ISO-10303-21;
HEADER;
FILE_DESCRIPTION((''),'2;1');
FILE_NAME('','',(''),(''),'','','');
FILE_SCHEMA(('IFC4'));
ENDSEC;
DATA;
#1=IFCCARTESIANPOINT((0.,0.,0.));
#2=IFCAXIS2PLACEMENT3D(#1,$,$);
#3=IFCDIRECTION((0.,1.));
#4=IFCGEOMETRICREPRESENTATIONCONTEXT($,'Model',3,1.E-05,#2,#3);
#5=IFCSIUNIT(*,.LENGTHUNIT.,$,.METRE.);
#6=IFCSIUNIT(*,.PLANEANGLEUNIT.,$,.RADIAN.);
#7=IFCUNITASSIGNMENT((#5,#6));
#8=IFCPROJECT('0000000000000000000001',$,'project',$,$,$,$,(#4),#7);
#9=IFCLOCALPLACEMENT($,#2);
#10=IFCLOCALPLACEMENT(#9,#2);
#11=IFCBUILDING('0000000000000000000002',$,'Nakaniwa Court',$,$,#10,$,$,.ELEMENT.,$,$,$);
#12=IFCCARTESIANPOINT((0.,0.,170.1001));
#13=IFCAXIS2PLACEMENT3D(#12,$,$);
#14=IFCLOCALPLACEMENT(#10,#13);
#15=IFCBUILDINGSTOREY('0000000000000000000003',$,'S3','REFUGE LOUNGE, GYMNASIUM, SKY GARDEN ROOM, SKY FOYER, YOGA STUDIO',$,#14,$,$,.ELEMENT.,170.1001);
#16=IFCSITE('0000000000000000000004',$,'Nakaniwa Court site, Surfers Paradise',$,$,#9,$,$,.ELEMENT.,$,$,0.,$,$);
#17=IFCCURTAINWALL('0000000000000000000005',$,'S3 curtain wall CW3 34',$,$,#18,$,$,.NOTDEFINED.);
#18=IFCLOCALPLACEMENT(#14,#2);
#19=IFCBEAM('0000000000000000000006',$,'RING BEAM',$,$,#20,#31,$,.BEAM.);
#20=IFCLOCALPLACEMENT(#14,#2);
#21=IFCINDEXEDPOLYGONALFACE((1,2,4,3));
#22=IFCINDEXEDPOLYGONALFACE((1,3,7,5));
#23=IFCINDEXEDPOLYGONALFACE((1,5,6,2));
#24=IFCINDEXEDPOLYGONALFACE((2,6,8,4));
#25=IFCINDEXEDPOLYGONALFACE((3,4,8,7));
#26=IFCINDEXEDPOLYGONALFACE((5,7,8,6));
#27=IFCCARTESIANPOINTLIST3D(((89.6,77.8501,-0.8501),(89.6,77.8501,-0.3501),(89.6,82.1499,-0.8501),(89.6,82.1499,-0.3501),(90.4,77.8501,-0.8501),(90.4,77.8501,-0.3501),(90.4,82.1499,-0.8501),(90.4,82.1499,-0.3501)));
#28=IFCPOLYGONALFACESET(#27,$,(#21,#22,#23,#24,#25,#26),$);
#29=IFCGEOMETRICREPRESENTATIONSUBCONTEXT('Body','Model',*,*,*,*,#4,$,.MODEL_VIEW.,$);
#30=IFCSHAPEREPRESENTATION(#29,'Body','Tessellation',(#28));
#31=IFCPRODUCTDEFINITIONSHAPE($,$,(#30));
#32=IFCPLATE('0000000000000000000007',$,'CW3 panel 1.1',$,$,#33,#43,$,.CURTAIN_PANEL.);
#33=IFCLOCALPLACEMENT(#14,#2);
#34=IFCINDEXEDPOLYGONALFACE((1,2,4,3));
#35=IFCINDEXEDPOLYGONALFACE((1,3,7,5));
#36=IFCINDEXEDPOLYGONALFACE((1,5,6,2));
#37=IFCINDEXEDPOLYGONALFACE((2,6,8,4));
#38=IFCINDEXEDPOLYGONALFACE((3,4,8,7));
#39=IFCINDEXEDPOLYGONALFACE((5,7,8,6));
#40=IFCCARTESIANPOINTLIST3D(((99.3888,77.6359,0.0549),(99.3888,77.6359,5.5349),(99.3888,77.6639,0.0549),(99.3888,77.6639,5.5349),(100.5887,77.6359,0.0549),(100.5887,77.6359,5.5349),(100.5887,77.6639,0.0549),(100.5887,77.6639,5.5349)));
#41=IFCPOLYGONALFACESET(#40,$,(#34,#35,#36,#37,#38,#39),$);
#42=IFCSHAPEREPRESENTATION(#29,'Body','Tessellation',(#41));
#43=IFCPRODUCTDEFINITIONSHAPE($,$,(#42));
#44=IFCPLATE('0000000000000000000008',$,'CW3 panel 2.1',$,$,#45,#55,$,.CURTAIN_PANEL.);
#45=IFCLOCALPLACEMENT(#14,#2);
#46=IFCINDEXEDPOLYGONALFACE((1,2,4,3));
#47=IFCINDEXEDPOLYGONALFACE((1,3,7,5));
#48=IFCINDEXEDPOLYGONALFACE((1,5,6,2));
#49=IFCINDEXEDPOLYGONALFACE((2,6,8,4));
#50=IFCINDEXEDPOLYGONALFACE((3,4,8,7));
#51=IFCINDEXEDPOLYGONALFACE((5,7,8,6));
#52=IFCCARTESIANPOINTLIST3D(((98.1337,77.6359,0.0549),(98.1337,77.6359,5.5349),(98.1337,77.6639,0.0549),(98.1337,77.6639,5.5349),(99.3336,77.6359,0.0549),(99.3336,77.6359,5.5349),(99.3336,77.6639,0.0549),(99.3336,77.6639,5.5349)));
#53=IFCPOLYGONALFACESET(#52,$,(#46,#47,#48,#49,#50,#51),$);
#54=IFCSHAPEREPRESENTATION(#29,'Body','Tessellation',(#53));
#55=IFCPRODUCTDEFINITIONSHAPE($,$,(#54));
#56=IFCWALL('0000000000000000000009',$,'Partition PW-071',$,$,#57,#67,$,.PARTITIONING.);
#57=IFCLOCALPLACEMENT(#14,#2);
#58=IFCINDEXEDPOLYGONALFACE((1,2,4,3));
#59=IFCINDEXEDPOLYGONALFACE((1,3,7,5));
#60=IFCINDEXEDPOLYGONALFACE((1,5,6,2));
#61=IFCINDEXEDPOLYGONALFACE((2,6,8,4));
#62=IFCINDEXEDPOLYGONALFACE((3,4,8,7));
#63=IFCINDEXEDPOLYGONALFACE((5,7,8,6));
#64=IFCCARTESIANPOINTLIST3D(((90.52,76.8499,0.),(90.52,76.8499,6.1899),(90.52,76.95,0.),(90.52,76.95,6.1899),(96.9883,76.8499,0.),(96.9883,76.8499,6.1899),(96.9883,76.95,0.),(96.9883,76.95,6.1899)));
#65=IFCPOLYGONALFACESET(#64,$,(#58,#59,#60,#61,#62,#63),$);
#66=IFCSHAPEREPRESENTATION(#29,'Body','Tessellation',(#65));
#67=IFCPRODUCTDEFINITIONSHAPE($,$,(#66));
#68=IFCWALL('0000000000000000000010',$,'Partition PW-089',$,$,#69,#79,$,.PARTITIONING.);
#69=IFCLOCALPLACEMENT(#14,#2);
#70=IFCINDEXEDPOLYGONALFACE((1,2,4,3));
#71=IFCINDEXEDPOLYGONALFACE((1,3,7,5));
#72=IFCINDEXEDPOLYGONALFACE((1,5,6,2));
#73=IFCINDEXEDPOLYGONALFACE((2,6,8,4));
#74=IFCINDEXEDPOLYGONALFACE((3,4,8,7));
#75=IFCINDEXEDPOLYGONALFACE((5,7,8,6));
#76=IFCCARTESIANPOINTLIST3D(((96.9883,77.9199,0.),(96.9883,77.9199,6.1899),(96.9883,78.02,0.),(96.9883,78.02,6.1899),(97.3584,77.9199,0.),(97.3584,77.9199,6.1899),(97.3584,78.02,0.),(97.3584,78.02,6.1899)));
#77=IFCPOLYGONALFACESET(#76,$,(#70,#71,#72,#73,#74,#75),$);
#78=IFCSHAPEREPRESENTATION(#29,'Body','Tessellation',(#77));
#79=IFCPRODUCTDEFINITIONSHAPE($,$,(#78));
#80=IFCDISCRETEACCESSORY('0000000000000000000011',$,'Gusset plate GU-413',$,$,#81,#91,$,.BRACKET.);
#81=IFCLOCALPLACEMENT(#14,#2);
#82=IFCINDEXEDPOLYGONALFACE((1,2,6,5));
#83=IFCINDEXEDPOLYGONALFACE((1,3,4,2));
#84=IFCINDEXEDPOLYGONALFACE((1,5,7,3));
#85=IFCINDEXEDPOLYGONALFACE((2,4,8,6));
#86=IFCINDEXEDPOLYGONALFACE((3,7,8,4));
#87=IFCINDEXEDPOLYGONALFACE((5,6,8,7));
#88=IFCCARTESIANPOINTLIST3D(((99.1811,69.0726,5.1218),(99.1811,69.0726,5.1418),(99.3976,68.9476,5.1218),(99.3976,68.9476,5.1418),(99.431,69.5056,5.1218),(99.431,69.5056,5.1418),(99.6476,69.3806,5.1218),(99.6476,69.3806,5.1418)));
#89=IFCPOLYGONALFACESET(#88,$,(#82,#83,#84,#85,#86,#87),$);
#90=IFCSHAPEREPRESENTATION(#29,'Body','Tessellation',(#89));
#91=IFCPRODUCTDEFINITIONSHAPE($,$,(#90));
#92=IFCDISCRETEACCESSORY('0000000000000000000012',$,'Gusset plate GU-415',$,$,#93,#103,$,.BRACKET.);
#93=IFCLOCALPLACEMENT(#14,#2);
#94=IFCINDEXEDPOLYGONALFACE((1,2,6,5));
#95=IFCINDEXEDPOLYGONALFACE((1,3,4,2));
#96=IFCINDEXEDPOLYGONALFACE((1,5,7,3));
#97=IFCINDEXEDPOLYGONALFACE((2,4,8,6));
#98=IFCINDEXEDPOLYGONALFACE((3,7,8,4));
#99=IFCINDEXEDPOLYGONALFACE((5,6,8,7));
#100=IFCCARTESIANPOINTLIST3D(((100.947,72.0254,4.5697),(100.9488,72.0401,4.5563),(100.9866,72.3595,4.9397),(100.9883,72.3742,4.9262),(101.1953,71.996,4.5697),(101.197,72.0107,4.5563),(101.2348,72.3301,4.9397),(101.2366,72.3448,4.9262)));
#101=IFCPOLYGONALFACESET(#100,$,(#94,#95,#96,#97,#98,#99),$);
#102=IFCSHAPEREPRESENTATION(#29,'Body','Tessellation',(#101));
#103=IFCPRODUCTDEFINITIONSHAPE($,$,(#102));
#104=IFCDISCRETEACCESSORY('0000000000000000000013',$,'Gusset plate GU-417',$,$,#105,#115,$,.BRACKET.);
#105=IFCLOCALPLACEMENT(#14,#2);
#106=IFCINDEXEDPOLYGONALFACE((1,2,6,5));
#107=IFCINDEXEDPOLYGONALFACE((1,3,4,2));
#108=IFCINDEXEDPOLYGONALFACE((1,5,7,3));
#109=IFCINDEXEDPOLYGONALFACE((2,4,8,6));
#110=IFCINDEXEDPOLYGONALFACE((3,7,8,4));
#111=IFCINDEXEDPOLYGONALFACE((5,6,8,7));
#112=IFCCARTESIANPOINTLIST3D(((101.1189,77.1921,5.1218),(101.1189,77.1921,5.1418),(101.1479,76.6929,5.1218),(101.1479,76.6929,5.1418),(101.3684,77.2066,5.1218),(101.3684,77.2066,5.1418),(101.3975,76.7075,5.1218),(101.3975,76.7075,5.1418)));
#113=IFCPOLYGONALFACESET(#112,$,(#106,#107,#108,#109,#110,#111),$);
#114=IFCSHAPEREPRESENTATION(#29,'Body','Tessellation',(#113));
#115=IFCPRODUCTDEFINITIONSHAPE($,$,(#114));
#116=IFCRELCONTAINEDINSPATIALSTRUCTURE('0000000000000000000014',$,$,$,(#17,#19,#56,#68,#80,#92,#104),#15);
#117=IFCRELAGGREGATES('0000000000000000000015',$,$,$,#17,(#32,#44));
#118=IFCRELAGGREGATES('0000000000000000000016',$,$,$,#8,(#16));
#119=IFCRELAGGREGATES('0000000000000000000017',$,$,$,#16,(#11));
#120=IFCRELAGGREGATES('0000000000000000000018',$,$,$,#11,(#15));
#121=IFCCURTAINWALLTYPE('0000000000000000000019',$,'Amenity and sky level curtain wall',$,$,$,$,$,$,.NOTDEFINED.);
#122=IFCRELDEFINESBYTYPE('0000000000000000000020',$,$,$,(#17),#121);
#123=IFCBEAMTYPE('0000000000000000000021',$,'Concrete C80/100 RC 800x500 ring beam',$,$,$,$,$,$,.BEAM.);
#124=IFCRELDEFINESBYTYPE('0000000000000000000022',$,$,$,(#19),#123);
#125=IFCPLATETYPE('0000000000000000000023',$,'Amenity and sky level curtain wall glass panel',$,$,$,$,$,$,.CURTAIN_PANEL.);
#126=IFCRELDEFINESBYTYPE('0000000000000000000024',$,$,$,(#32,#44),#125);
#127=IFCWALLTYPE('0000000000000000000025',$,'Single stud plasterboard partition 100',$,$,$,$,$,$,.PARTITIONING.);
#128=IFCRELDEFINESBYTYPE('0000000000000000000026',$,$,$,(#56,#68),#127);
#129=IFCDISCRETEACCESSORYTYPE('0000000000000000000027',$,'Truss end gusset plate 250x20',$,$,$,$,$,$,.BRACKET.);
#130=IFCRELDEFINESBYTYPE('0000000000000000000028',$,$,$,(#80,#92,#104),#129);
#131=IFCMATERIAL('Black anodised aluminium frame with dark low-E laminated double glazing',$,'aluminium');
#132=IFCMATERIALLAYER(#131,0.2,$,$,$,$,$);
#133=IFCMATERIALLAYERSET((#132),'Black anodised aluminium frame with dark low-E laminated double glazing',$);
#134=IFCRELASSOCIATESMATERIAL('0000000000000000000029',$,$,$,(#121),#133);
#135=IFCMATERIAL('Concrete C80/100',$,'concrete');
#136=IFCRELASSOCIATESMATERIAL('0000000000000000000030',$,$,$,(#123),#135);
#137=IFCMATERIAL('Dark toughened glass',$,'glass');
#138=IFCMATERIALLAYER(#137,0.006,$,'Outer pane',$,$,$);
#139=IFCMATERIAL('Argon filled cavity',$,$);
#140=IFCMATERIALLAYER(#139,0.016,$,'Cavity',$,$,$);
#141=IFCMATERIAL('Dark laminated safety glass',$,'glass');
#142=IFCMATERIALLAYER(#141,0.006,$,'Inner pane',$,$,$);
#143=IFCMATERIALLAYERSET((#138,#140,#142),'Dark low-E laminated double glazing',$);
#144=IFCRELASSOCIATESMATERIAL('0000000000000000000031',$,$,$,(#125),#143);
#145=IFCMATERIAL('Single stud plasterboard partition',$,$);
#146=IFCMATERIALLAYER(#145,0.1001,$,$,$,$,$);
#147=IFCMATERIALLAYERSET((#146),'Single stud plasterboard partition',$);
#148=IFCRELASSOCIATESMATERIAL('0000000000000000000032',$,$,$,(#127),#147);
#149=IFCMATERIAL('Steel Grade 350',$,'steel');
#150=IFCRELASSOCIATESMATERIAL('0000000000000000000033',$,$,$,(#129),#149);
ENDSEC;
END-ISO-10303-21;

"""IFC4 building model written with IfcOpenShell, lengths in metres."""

from ifc_helpers import new_model, si_unit, direction, frame, frame_2d, origin, origin_2d, place, context, subcontext, project, spatial, rectangle, extrude, material, layer, layer_set, material_profile, profile_set, type_object, element, aggregate, save


model = new_model("IFC4")

# Units and contexts
model_context = context("Model", 3, precision=1e-05, world=origin(), true_north=direction((0.0, 1.0)))
body_context = subcontext(model_context, "Body", "Model", "MODEL_VIEW")
ifc_project = project(units=[si_unit("LENGTHUNIT", "METRE"), si_unit("PLANEANGLEUNIT", "RADIAN")], contexts=[model_context])

# Site, building, storey
site_placement = place(None, origin())
site = spatial("IfcSite", under=ifc_project, at=site_placement, Name="Nakaniwa Court site, Surfers Paradise", CompositionType="ELEMENT", RefElevation=0.0)
building_placement = place(site_placement, origin())
building = spatial("IfcBuilding", under=site, at=building_placement, Name="Nakaniwa Court", CompositionType="ELEMENT")
storey_placement = place(building_placement, frame((0.0, 0.0, 170.1001)))
storey = spatial("IfcBuildingStorey", under=building, at=storey_placement, Name="S3", Description="REFUGE LOUNGE, GYMNASIUM, SKY GARDEN ROOM, SKY FOYER, YOGA STUDIO", CompositionType="ELEMENT", Elevation=170.1001)

# Shared definitions
ifc_material_1 = material(Name="Concrete C80/100", Category="concrete")

# Curtain wall
ifc_material_2 = material(Name="Black anodised aluminium frame with dark low-E laminated double glazing", Category="aluminium")
ifc_layer_1 = layer(ifc_material_2, 0.2)
ifc_layer_set_1 = layer_set([ifc_layer_1], Name="Black anodised aluminium frame with dark low-E laminated double glazing")
curtain_wall_type = type_object("IfcCurtainWallType", Name="Amenity and sky level curtain wall", PredefinedType="NOTDEFINED", material=ifc_layer_set_1)
curtain_wall_placement = place(storey_placement, origin())
curtain_wall = element("IfcCurtainWall", 1, at=curtain_wall_placement, inside=storey, type_object=curtain_wall_type, Name="S3 curtain wall CW3 34", PredefinedType="NOTDEFINED")

# Shared definitions
ifc_material_3 = material(Name="Steel Grade 350", Category="steel")

# Beam
ifc_material_profile_1 = material_profile(ifc_material_1, rectangle(XDim=0.8, YDim=0.5, at=origin_2d()), Name="Concrete C80/100 RC 800x500 ring beam")
ifc_profile_set_1 = profile_set([ifc_material_profile_1], Name="Concrete C80/100")
beam_type_1 = type_object("IfcBeamType", Name="Concrete C80/100 RC 800x500 ring beam", PredefinedType="BEAM", material=ifc_profile_set_1)
beam_1_placement = place(storey_placement, frame((90.0, 77.8501, -0.6001), z_axis=(0.0, 1.0, 0.0), x_axis=(-1.0, 0.0, 0.0)))
element("IfcBeam", 2, at=beam_1_placement, inside=storey, type_object=beam_type_1, Name="RING BEAM", PredefinedType="BEAM", context=body_context, shape_type="SweptSolid", body=[
    extrude(rectangle(XDim=0.8, YDim=0.5, at=origin_2d()), origin(), (0.0, 0.0, 1.0), 4.2998),
])

# Plates
ifc_material_4 = material(Name="Dark toughened glass", Category="glass")
ifc_layer_2 = layer(ifc_material_4, 0.006, Name="Outer pane")
ifc_material_5 = material(Name="Argon filled cavity")
ifc_layer_3 = layer(ifc_material_5, 0.016, Name="Cavity")
ifc_material_6 = material(Name="Dark laminated safety glass", Category="glass")
ifc_layer_4 = layer(ifc_material_6, 0.006, Name="Inner pane")
ifc_layer_set_2 = layer_set([ifc_layer_2, ifc_layer_3, ifc_layer_4], Name="Dark low-E laminated double glazing")
plate_type = type_object("IfcPlateType", Name="Amenity and sky level curtain wall glass panel", PredefinedType="CURTAIN_PANEL", material=ifc_layer_set_2)
plate_1_placement = place(storey_placement, frame((99.9888, 77.6499, 0.0549), z_axis=(0.0, 0.0, 1.0), x_axis=(-1.0, 0.0, 0.0)))
plate_1 = element("IfcPlate", 3, at=plate_1_placement, type_object=plate_type, Name="CW3 panel 1.1", PredefinedType="CURTAIN_PANEL", context=body_context, shape_type="SweptSolid", body=[
    extrude(rectangle(XDim=1.2, YDim=0.0281, at=origin_2d()), origin(), (0.0, 0.0, 1.0), 5.48),
])
plate_2_placement = place(storey_placement, frame((98.7336, 77.6499, 0.0549), z_axis=(0.0, 0.0, 1.0), x_axis=(-1.0, 0.0, 0.0)))
plate_2 = element("IfcPlate", 4, at=plate_2_placement, type_object=plate_type, Name="CW3 panel 2.1", PredefinedType="CURTAIN_PANEL", context=body_context, shape_type="SweptSolid", body=[
    extrude(rectangle(XDim=1.2, YDim=0.0281, at=origin_2d()), origin(), (0.0, 0.0, 1.0), 5.48),
])
aggregate(curtain_wall, [plate_1, plate_2])

# Walls
ifc_material_7 = material(Name="Single stud plasterboard partition")
ifc_layer_5 = layer(ifc_material_7, 0.1001)
ifc_layer_set_3 = layer_set([ifc_layer_5], Name="Single stud plasterboard partition")
wall_type_1 = type_object("IfcWallType", Name="Single stud plasterboard partition 100", PredefinedType="PARTITIONING", material=ifc_layer_set_3)
wall_1_placement = place(storey_placement, frame((90.52, 76.8999, 0.0), z_axis=(0.0, 0.0, 1.0), x_axis=(1.0, 0.0, 0.0)))
element("IfcWall", 5, at=wall_1_placement, inside=storey, type_object=wall_type_1, Name="Partition PW-071", PredefinedType="PARTITIONING", context=body_context, shape_type="SweptSolid", body=[
    extrude(rectangle(XDim=6.4683, YDim=0.1001, at=frame_2d((3.2341, 0.0))), origin(), (0.0, 0.0, 1.0), 6.1899),
])
wall_2_placement = place(storey_placement, frame((96.9883, 77.97, 0.0), z_axis=(0.0, 0.0, 1.0), x_axis=(1.0, 0.0, 0.0)))
element("IfcWall", 6, at=wall_2_placement, inside=storey, type_object=wall_type_1, Name="Partition PW-089", PredefinedType="PARTITIONING", context=body_context, shape_type="SweptSolid", body=[
    extrude(rectangle(XDim=0.3701, YDim=0.1001, at=frame_2d((0.1851, 0.0))), origin(), (0.0, 0.0, 1.0), 6.1899),
])

# Discrete accessories
ifc_material_profile_2 = material_profile(ifc_material_3, rectangle(XDim=0.25, YDim=0.02, at=origin_2d()), Name="Truss end gusset plate 250x20")
ifc_profile_set_2 = profile_set([ifc_material_profile_2], Name="Steel Grade 350")
discrete_accessory_type = type_object("IfcDiscreteAccessoryType", Name="Truss end gusset plate 250x20", PredefinedType="BRACKET", material=ifc_profile_set_2)
for number, where, z_axis, x_axis, name in (
    (7, (99.5393, 69.4431, 5.1318), (-0.49992, -0.866072, 0.0), (0.866072, -0.49992, 0.0), "Gusset plate GU-413"),
    (8, (101.072, 72.0181, 4.563), (0.079115, 0.668081, 0.739871), (-0.993061, 0.117599, 0.0), "Gusset plate GU-415"),
    (9, (101.2727, 76.7002, 5.1318), (-0.058092, 0.998311, 0.0), (-0.998311, -0.058092, 0.0), "Gusset plate GU-417"),
):
    element("IfcDiscreteAccessory", number, at=place(storey_placement, frame(where, z_axis=z_axis, x_axis=x_axis)), inside=storey, type_object=discrete_accessory_type, Name=name, PredefinedType="BRACKET", context=body_context, shape_type="SweptSolid", body=[
        extrude(rectangle(XDim=0.25, YDim=0.02, at=origin_2d()), origin(), (0.0, 0.0, 1.0), 0.5),
    ])

save(model, "model.ifc")
